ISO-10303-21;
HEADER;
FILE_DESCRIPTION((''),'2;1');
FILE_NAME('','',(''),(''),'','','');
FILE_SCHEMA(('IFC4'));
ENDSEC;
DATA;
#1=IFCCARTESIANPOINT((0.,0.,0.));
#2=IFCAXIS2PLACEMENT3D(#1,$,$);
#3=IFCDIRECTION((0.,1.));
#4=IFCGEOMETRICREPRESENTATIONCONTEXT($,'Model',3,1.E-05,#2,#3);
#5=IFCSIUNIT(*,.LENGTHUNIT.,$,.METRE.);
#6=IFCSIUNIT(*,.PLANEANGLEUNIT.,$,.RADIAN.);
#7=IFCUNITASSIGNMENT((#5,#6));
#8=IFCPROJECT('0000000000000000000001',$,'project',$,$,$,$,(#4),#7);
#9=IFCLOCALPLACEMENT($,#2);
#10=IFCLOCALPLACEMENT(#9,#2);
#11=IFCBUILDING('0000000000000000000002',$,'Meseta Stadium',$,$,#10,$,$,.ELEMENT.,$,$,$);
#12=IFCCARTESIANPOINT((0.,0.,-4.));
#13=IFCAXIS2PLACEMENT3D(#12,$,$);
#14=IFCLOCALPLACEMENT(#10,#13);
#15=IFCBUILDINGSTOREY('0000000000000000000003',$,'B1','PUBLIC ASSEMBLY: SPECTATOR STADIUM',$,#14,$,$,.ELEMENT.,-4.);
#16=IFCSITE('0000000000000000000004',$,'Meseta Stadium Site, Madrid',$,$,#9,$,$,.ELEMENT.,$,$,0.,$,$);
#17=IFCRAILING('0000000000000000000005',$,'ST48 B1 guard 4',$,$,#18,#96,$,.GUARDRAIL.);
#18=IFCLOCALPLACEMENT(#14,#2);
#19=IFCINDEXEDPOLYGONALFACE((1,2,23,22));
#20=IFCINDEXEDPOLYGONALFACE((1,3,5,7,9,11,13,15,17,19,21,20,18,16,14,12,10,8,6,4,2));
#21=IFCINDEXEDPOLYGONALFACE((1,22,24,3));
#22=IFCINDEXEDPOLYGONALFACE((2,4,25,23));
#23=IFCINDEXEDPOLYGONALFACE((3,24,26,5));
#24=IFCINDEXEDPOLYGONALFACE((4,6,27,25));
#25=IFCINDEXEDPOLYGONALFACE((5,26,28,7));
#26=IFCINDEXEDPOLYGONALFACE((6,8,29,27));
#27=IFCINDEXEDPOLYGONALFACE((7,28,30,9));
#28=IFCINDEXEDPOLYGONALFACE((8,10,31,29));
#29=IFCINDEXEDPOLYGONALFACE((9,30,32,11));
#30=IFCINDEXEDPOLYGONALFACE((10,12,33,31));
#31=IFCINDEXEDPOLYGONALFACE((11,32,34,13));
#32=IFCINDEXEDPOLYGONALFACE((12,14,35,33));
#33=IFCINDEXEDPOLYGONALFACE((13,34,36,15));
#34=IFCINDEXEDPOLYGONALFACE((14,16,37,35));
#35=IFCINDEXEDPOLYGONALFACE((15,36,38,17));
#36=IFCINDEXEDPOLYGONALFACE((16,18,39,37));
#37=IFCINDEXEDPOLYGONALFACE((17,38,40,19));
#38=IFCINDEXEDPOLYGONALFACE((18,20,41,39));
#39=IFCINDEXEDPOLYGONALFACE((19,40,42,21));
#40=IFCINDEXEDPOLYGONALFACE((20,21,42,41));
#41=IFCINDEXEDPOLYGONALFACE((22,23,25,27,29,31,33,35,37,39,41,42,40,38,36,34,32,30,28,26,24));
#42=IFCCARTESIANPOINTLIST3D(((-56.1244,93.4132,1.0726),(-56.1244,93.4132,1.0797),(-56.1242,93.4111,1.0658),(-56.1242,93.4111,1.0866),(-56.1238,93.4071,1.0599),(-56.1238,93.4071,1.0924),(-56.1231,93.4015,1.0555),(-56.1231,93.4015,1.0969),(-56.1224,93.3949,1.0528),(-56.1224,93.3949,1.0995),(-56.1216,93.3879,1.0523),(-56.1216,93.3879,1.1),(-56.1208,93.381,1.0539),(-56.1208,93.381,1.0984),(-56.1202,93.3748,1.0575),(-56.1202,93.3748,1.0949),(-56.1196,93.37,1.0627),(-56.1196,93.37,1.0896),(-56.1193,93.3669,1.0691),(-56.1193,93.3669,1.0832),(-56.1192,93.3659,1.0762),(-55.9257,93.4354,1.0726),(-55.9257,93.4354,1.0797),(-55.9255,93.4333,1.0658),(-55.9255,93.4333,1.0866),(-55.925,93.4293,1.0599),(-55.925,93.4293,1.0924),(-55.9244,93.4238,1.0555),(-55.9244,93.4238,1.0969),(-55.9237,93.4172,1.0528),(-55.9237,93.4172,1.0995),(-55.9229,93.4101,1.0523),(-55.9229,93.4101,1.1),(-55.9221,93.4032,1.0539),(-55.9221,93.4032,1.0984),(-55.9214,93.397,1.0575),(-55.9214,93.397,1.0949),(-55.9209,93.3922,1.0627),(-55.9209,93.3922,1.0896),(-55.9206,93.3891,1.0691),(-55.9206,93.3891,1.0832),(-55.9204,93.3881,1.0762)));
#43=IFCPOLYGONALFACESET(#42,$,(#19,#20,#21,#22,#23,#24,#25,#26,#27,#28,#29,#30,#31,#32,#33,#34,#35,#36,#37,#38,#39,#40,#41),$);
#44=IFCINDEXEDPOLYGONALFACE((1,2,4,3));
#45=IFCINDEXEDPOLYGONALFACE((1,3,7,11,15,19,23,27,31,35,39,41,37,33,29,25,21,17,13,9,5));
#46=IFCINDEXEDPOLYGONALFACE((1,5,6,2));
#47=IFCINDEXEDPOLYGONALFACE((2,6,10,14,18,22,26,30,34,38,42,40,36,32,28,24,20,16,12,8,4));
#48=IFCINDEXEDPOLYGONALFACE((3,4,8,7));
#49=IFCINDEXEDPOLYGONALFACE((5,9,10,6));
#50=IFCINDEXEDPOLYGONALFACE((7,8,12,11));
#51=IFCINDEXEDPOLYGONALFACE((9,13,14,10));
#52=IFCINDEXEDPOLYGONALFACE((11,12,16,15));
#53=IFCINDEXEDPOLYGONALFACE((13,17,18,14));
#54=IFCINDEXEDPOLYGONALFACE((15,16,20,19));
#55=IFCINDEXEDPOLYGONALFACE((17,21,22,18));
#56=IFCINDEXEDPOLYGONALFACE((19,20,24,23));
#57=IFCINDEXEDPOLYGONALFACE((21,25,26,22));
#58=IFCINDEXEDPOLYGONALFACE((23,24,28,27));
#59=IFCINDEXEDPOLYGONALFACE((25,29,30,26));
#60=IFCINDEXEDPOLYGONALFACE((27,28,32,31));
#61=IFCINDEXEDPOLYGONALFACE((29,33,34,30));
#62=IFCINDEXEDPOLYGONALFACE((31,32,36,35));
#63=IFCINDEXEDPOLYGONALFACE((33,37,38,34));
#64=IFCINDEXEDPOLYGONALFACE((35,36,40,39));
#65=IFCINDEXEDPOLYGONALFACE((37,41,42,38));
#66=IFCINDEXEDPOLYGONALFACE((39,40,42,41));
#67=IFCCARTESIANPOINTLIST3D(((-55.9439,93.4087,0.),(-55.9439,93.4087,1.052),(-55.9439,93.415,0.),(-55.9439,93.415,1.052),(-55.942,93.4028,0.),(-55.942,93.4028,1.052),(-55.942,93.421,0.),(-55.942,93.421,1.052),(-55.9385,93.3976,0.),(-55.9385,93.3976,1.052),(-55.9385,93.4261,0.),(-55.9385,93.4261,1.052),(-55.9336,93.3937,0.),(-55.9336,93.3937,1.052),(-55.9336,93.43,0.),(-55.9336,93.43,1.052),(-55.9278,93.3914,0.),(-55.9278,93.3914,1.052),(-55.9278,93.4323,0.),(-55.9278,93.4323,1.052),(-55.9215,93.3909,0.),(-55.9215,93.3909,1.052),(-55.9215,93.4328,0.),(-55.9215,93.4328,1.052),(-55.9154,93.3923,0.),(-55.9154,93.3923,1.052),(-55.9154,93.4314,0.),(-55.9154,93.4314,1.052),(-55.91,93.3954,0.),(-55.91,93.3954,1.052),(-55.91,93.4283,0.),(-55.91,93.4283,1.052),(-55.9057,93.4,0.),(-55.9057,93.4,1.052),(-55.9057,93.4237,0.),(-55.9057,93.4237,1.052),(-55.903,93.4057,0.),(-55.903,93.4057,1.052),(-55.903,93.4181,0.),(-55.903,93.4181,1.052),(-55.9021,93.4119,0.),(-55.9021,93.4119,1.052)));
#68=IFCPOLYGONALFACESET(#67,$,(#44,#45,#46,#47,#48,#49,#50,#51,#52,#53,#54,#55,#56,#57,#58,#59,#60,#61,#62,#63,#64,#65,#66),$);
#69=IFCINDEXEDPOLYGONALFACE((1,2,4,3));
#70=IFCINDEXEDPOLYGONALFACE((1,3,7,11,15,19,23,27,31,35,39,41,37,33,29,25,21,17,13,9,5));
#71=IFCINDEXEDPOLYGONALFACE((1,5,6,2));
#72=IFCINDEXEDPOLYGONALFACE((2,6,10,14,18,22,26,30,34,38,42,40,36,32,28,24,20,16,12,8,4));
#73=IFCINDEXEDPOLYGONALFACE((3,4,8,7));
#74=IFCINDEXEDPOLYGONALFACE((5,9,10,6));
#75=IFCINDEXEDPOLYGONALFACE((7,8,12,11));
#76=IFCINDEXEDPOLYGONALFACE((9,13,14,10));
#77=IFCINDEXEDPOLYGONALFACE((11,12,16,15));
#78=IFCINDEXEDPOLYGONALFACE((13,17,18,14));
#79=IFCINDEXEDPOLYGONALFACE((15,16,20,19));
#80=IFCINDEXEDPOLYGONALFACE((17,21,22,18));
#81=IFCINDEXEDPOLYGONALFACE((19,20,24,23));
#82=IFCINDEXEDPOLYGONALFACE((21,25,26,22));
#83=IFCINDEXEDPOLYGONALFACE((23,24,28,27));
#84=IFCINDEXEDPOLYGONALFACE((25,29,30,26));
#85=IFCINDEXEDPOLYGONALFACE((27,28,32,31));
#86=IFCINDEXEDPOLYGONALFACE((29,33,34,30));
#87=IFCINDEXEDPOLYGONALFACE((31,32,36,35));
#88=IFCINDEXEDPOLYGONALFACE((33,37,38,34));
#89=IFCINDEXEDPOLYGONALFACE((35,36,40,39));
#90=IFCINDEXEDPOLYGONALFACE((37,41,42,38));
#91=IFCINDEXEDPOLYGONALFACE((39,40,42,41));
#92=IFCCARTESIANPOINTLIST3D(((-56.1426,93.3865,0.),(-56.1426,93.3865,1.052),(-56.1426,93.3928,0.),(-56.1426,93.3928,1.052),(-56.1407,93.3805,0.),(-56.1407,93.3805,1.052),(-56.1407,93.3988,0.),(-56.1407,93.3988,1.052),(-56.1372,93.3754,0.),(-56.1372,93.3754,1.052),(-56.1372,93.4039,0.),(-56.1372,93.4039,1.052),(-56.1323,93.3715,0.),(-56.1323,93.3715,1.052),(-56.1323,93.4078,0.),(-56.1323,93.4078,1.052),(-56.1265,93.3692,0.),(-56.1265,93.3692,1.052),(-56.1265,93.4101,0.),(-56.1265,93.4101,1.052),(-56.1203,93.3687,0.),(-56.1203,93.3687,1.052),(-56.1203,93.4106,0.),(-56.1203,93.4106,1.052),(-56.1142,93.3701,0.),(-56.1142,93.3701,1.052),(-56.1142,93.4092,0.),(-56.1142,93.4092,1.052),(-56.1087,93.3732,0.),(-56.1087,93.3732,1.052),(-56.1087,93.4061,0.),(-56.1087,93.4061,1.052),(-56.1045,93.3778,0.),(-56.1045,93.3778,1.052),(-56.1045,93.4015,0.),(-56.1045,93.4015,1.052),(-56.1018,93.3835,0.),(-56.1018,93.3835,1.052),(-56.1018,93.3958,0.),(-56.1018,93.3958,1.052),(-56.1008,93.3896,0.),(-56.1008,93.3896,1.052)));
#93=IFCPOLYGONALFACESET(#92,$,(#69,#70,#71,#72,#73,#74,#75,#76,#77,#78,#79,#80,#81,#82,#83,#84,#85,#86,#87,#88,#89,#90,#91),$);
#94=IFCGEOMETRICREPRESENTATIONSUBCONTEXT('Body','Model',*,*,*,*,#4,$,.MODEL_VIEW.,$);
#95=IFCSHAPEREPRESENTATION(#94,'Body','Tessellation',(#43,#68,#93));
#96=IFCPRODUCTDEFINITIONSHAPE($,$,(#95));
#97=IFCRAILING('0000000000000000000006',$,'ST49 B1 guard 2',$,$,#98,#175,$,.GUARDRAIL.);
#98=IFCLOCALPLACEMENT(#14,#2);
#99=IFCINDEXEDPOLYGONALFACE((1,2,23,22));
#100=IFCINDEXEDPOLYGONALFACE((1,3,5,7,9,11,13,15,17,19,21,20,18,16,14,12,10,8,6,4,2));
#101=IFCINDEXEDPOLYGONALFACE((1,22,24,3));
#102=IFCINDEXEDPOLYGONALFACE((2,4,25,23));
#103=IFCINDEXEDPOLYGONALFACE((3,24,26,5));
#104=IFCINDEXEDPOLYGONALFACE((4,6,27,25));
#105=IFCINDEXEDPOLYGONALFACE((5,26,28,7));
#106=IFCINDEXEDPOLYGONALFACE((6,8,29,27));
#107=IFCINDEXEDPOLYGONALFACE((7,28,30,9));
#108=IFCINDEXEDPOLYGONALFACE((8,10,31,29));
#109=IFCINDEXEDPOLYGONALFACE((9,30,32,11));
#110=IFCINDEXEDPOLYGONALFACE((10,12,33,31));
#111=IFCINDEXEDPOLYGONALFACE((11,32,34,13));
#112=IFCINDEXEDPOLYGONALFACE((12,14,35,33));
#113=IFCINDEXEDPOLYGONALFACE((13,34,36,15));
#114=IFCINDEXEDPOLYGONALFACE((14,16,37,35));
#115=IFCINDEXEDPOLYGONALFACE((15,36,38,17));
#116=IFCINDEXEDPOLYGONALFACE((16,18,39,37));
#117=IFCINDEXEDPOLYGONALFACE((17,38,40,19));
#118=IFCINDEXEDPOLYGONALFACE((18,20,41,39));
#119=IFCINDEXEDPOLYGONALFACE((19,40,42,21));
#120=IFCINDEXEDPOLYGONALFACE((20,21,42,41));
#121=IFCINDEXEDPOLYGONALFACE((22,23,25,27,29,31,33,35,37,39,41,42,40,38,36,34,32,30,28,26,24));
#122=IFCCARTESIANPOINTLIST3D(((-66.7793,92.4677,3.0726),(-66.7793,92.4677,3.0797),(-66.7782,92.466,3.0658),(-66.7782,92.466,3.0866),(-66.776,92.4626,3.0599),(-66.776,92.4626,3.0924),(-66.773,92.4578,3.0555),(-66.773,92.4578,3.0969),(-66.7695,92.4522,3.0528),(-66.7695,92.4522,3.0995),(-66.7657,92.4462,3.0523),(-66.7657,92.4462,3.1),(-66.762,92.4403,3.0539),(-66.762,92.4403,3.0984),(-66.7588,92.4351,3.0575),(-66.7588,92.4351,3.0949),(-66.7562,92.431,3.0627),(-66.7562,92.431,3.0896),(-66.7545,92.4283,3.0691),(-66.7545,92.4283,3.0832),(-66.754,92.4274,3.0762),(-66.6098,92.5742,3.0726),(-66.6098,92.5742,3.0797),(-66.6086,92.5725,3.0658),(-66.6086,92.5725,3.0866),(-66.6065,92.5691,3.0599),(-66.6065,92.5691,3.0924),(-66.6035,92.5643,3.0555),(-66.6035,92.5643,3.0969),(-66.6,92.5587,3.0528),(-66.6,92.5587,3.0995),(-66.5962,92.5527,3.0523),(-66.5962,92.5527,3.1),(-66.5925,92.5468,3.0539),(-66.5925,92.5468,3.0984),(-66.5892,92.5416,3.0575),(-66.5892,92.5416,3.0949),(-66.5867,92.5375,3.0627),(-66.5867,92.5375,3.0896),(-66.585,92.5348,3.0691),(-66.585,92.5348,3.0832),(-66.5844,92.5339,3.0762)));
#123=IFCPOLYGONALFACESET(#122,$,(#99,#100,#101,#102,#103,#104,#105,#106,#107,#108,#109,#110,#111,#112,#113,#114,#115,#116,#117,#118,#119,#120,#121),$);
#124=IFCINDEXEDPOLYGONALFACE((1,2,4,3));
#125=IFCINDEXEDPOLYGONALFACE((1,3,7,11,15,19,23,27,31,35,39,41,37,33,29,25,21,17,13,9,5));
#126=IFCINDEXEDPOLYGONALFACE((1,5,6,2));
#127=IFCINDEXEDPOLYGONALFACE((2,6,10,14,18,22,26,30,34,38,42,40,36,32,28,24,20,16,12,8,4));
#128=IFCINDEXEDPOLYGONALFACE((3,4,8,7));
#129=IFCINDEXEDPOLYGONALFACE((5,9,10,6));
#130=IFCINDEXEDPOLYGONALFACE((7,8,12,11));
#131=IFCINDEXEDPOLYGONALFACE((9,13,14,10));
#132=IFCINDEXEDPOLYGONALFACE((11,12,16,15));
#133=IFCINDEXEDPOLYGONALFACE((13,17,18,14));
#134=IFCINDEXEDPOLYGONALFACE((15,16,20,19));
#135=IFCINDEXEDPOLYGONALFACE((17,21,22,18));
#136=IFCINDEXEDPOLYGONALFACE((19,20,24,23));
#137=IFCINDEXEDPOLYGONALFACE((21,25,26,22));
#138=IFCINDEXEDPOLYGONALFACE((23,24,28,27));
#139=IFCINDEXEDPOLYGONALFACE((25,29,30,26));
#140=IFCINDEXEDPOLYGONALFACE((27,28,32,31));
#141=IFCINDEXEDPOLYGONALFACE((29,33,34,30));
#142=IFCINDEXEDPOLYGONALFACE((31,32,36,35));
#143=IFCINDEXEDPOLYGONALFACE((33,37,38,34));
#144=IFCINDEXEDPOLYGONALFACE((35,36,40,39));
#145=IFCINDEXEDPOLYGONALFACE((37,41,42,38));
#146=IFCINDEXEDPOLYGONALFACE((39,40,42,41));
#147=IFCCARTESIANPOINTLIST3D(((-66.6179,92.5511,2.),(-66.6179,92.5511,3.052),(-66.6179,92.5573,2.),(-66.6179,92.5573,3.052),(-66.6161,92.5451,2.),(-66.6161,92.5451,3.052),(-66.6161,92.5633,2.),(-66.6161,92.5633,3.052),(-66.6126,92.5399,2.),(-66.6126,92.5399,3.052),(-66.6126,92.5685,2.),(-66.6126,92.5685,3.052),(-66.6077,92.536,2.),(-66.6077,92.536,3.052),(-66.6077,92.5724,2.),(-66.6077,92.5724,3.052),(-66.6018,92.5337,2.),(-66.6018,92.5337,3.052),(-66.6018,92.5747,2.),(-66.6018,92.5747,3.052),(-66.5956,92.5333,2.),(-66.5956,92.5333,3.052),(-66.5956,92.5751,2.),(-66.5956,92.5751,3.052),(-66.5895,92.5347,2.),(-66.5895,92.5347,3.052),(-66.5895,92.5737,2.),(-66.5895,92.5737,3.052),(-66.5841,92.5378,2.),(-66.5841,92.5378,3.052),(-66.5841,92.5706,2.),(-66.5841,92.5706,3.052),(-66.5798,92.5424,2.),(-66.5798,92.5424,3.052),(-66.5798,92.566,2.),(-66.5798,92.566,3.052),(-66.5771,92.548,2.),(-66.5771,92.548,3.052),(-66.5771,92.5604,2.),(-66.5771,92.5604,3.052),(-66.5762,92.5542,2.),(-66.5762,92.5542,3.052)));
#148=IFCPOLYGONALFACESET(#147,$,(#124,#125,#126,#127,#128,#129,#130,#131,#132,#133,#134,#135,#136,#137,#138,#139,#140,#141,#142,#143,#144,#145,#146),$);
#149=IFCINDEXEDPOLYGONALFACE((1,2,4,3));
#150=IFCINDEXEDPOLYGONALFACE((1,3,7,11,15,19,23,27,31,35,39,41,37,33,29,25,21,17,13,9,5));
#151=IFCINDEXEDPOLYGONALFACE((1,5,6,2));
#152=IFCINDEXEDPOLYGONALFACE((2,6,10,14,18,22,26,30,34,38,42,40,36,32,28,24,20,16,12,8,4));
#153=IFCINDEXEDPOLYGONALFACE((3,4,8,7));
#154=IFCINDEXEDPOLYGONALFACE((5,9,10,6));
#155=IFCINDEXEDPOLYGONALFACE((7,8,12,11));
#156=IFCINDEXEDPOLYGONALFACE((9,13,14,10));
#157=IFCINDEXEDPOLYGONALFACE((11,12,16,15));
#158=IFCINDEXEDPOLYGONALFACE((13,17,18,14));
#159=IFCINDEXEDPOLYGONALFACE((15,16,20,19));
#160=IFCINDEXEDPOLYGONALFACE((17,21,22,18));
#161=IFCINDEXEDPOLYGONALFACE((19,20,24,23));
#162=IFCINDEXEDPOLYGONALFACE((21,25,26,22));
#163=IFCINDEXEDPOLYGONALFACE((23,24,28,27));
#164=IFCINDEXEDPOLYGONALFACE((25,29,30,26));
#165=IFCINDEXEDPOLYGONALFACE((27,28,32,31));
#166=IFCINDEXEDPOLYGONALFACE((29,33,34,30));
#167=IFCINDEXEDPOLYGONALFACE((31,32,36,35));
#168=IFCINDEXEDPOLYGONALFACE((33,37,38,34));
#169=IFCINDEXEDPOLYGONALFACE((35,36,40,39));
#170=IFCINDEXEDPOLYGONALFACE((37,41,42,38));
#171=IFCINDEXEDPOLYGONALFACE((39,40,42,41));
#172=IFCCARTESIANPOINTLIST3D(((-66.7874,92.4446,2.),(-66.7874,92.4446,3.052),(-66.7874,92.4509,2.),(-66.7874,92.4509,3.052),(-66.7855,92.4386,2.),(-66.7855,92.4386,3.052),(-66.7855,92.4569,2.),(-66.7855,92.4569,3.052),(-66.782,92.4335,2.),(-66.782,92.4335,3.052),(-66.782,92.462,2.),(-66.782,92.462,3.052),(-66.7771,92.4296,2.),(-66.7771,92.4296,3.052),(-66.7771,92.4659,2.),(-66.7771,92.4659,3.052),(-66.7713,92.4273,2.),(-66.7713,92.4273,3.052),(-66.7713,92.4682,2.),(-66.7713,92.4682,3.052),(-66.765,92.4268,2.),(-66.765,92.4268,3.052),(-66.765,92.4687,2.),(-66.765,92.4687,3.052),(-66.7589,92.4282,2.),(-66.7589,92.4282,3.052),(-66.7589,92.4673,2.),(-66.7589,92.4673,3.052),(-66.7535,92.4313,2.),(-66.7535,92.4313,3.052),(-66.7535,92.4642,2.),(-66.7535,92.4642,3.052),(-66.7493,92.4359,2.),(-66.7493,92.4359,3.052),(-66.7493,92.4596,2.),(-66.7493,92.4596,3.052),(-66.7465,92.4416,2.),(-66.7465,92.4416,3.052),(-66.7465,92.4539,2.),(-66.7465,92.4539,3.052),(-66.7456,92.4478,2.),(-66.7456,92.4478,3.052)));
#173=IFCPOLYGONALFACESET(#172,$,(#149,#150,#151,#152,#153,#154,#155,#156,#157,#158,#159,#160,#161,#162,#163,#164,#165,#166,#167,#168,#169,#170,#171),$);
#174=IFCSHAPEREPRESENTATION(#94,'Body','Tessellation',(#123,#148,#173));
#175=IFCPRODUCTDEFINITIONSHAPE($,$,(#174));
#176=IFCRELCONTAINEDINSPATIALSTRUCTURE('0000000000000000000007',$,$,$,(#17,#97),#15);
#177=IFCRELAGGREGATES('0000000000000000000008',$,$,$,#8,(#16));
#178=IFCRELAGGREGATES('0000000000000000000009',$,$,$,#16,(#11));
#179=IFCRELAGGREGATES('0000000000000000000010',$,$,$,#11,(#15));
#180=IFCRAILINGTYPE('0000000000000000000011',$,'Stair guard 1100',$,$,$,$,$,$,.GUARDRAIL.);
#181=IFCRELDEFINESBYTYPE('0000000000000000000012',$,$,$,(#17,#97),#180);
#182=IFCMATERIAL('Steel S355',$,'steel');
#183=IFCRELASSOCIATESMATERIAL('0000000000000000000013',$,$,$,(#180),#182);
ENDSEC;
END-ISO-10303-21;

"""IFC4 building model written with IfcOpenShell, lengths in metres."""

from ifc_helpers import new_model, si_unit, direction, frame, origin, origin_2d, place, context, subcontext, project, spatial, circle, extrude, material, type_object, element, save


model = new_model("IFC4")

# Units and contexts
model_context = context("Model", 3, precision=1e-05, world=origin(), true_north=direction((0.0, 1.0)))
body_context = subcontext(model_context, "Body", "Model", "MODEL_VIEW")
ifc_project = project(units=[si_unit("LENGTHUNIT", "METRE"), si_unit("PLANEANGLEUNIT", "RADIAN")], contexts=[model_context])

# Site, building, storey
site_placement = place(None, origin())
site = spatial("IfcSite", under=ifc_project, at=site_placement, Name="Meseta Stadium Site, Madrid", CompositionType="ELEMENT", RefElevation=0.0)
building_placement = place(site_placement, origin())
building = spatial("IfcBuilding", under=site, at=building_placement, Name="Meseta Stadium", CompositionType="ELEMENT")
storey_placement = place(building_placement, frame((0.0, 0.0, -4.0)))
storey = spatial("IfcBuildingStorey", under=building, at=storey_placement, Name="B1", Description="PUBLIC ASSEMBLY: SPECTATOR STADIUM", CompositionType="ELEMENT", Elevation=-4.0)

# Railings
ifc_material_1 = material(Name="Steel S355", Category="steel")
railing_type_1 = type_object("IfcRailingType", Name="Stair guard 1100", PredefinedType="GUARDRAIL", material=ifc_material_1)
railing_1_placement = place(storey_placement, frame((-55.9231, 93.4119, 0.0)))
element("IfcRailing", 1, at=railing_1_placement, inside=storey, type_object=railing_type_1, Name="ST48 B1 guard 4", PredefinedType="GUARDRAIL", context=body_context, shape_type="SweptSolid", body=[
    extrude(circle(Radius=0.0239, at=origin_2d()), frame((0.0, 0.0, 1.0762), z_axis=(-0.993809, -0.111102, 0.0), x_axis=(0.111102, -0.993809, 0.0)), (0.0, 0.0, 1.0), 0.2),
    extrude(circle(Radius=0.021, at=origin_2d()), origin(), (0.0, 0.0, 1.0), 1.052),
    extrude(circle(Radius=0.021, at=origin_2d()), frame((-0.1987, -0.0222, 0.0)), (0.0, 0.0, 1.0), 1.052),
])
railing_2_placement = place(storey_placement, frame((-66.5972, 92.5542, 2.0)))
element("IfcRailing", 2, at=railing_2_placement, inside=storey, type_object=railing_type_1, Name="ST49 B1 guard 2", PredefinedType="GUARDRAIL", context=body_context, shape_type="SweptSolid", body=[
    extrude(circle(Radius=0.0239, at=origin_2d()), frame((0.0, 0.0, 1.0762), z_axis=(-0.846762, -0.531972, 0.0), x_axis=(0.531972, -0.846762, 0.0)), (0.0, 0.0, 1.0), 0.2002),
    extrude(circle(Radius=0.021, at=origin_2d()), origin(), (0.0, 0.0, 1.0), 1.052),
    extrude(circle(Radius=0.021, at=origin_2d()), frame((-0.1694, -0.1064, 0.0)), (0.0, 0.0, 1.0), 1.052),
])

save(model, "model.ifc")
